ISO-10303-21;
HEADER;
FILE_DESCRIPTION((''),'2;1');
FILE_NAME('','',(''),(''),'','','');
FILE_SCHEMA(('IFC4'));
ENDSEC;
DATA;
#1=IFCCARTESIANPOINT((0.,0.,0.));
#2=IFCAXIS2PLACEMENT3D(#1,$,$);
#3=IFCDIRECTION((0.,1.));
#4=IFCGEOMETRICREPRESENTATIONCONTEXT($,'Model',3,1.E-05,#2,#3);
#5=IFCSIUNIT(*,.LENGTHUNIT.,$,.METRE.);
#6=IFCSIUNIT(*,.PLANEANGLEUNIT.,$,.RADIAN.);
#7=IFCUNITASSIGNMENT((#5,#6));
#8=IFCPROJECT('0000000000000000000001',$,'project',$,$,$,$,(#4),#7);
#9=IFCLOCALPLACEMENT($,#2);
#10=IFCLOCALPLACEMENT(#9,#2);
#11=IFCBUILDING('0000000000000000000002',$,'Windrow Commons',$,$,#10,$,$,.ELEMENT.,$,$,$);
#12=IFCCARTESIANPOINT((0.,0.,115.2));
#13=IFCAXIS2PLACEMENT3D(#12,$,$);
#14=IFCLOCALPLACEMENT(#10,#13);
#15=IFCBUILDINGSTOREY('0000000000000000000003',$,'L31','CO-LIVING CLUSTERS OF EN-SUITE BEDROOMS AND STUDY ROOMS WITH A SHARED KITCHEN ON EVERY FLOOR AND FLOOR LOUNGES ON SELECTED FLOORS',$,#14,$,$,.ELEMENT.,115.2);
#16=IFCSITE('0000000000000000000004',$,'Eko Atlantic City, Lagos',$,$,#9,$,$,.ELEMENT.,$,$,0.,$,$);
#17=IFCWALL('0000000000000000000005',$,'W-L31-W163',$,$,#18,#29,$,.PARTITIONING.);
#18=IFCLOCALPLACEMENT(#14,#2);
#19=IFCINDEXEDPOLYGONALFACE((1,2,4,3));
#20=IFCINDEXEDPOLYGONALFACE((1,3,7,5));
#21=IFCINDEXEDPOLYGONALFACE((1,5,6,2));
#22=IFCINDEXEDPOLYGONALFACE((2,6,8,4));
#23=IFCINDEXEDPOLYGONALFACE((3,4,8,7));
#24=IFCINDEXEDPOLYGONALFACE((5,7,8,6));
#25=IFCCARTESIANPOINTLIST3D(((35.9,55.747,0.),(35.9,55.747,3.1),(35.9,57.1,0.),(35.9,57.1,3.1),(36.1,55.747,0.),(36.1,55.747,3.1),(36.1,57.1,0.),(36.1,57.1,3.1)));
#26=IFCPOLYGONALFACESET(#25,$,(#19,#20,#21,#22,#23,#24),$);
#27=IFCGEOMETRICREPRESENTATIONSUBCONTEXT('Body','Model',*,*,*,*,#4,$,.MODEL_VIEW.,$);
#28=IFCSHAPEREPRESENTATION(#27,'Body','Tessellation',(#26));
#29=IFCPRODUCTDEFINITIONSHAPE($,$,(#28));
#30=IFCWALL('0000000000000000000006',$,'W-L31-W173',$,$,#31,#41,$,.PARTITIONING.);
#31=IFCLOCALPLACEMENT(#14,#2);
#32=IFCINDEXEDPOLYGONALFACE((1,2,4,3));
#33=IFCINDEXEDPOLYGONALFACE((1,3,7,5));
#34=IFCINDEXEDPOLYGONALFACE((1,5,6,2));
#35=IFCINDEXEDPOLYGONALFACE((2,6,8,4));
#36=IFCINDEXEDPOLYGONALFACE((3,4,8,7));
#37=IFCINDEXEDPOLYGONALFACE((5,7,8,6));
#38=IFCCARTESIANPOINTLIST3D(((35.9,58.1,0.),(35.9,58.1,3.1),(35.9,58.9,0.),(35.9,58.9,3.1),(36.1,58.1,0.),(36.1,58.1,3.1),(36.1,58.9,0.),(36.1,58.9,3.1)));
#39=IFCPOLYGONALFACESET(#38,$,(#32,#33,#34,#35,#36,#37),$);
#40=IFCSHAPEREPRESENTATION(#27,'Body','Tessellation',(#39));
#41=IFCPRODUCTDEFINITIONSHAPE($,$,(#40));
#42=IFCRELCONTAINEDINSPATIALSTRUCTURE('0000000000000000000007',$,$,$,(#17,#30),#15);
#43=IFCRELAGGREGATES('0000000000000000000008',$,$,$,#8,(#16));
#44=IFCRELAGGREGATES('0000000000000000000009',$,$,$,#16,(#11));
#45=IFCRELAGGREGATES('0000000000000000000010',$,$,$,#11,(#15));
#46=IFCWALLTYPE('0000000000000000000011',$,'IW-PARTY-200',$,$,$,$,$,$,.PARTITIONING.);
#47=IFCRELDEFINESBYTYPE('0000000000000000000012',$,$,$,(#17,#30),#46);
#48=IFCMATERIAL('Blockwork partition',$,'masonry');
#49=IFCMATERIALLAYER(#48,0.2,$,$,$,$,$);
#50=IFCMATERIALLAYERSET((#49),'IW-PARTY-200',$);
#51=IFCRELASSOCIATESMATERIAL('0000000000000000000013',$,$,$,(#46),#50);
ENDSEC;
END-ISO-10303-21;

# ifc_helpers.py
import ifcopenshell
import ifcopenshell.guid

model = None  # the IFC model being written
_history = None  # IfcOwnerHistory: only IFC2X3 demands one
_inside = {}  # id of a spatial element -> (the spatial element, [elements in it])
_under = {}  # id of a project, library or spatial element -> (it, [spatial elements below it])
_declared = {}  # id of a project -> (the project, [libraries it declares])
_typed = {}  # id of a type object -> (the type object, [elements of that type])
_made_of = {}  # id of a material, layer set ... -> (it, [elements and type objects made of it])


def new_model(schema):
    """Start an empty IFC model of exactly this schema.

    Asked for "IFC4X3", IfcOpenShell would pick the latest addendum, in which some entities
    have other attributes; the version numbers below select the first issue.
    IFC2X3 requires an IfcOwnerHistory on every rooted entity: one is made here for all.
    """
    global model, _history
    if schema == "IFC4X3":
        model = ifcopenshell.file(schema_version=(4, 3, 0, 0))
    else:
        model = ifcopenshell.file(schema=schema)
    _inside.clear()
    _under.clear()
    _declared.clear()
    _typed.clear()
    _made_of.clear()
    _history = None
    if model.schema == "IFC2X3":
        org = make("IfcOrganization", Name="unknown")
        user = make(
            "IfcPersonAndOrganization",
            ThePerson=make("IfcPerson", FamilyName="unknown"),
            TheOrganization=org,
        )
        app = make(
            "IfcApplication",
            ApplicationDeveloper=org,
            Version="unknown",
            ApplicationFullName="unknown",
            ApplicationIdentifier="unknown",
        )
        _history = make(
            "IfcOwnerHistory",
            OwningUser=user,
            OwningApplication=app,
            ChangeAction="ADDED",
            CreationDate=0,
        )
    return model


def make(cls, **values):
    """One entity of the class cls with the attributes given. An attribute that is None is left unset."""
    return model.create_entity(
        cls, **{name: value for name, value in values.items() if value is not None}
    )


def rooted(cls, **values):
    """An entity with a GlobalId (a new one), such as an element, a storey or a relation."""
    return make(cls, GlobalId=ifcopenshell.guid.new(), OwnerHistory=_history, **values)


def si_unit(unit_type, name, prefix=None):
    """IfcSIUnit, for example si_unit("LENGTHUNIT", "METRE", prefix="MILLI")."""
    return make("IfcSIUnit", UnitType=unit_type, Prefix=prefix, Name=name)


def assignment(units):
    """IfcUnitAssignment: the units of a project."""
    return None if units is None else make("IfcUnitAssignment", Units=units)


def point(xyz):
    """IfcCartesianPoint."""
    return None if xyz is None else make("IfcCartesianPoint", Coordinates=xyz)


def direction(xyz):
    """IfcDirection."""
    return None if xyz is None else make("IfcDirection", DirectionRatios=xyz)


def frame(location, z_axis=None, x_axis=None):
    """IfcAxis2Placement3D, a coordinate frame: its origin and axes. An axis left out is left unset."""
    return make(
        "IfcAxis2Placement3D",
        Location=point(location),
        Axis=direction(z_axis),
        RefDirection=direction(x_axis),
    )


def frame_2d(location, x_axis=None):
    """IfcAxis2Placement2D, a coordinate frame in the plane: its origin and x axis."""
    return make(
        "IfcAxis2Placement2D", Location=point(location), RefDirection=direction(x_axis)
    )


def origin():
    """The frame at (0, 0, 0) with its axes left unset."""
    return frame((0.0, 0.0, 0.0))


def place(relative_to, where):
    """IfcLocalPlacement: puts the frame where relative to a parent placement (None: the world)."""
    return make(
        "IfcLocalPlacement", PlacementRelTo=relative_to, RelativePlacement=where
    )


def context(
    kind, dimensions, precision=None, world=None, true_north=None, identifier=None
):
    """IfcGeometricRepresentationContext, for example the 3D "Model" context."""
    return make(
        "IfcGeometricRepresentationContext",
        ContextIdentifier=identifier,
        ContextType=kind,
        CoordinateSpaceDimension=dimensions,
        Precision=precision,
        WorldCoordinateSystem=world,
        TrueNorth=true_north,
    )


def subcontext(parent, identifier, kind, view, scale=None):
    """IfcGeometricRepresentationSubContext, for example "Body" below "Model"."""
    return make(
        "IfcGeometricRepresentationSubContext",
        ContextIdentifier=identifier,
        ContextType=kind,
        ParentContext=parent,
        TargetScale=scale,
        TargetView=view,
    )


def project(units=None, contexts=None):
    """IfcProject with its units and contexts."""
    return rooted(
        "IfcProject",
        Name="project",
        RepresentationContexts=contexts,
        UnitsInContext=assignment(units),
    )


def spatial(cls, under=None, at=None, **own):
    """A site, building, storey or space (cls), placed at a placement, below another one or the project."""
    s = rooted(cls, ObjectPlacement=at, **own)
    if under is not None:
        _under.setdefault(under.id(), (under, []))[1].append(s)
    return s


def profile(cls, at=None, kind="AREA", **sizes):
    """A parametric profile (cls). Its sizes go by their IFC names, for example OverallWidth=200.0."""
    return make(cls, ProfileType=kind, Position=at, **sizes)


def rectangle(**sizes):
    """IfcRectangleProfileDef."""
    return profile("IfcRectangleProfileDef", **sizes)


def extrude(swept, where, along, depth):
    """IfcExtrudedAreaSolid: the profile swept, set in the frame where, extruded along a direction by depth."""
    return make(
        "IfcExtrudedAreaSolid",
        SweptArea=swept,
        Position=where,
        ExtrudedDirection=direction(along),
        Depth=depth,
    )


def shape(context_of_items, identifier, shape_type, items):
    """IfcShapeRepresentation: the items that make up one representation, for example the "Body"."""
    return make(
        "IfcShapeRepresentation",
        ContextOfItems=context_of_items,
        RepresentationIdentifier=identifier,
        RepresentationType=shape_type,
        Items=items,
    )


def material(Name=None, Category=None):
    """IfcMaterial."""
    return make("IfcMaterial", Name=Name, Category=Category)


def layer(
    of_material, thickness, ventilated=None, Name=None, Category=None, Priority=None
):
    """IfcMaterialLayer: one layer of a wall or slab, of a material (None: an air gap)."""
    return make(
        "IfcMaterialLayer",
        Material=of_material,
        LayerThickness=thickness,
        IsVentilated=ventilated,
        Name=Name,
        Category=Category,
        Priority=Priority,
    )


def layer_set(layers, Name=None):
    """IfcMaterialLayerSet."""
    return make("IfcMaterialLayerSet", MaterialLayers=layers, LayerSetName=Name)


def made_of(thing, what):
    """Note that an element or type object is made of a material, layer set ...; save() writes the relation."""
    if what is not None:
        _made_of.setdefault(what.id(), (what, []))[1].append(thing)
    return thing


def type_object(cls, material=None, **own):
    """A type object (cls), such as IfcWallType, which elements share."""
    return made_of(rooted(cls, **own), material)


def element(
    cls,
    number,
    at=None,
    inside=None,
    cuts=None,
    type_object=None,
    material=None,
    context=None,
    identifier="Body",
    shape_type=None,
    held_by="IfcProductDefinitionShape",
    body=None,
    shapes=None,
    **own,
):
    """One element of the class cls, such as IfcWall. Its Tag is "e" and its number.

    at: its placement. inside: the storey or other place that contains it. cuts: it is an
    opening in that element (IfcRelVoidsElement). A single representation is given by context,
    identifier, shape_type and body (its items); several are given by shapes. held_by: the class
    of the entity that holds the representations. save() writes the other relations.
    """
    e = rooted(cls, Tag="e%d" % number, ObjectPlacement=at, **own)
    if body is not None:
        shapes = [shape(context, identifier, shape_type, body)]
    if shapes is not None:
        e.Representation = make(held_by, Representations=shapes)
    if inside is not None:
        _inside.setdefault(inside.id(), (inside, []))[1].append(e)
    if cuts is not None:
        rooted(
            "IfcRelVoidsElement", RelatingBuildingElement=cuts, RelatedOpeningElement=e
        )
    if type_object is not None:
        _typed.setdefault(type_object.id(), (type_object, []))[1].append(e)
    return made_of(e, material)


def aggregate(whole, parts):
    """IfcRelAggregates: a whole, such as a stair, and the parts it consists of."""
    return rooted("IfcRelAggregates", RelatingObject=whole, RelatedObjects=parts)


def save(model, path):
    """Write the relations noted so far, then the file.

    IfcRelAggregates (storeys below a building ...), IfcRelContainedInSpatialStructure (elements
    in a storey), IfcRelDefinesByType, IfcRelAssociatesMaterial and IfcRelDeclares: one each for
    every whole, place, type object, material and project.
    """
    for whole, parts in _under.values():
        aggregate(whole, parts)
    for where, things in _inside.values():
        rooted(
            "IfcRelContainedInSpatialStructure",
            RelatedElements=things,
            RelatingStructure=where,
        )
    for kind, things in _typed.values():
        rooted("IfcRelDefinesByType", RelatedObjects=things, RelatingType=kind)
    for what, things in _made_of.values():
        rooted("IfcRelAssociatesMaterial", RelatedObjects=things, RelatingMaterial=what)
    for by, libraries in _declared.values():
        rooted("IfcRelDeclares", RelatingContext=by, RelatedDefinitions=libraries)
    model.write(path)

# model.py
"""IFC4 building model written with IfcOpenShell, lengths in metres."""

from ifc_helpers import new_model, si_unit, direction, frame, frame_2d, origin, place, context, subcontext, project, spatial, rectangle, extrude, material, layer, layer_set, type_object, element, save


model = new_model("IFC4")

# Units and contexts
model_context = context("Model", 3, precision=1e-05, world=origin(), true_north=direction((0.0, 1.0)))
body_context = subcontext(model_context, "Body", "Model", "MODEL_VIEW")
ifc_project = project(units=[si_unit("LENGTHUNIT", "METRE"), si_unit("PLANEANGLEUNIT", "RADIAN")], contexts=[model_context])

# Site, building, storey
site_placement = place(None, origin())
site = spatial("IfcSite", under=ifc_project, at=site_placement, Name="Eko Atlantic City, Lagos", CompositionType="ELEMENT", RefElevation=0.0)
building_placement = place(site_placement, origin())
building = spatial("IfcBuilding", under=site, at=building_placement, Name="Windrow Commons", CompositionType="ELEMENT")
storey_placement = place(building_placement, frame((0.0, 0.0, 115.2)))
storey = spatial("IfcBuildingStorey", under=building, at=storey_placement, Name="L31", Description="CO-LIVING CLUSTERS OF EN-SUITE BEDROOMS AND STUDY ROOMS WITH A SHARED KITCHEN ON EVERY FLOOR AND FLOOR LOUNGES ON SELECTED FLOORS", CompositionType="ELEMENT", Elevation=115.2)

# Walls
ifc_material_1 = material(Name="Blockwork partition", Category="masonry")
ifc_layer_1 = layer(ifc_material_1, 0.2)
ifc_layer_set_1 = layer_set([ifc_layer_1], Name="IW-PARTY-200")
wall_type_1 = type_object("IfcWallType", Name="IW-PARTY-200", PredefinedType="PARTITIONING", material=ifc_layer_set_1)
wall_1_placement = place(storey_placement, frame((36.0, 55.747, 0.0), z_axis=(0.0, 0.0, 1.0), x_axis=(0.0, 1.0, 0.0)))
element("IfcWall", 1, at=wall_1_placement, inside=storey, type_object=wall_type_1, Name="W-L31-W163", PredefinedType="PARTITIONING", context=body_context, shape_type="SweptSolid", body=[
    extrude(rectangle(XDim=1.353, YDim=0.2, at=frame_2d((0.6765, 0.0))), origin(), (0.0, 0.0, 1.0), 3.1),
])
wall_2_placement = place(storey_placement, frame((36.0, 58.1, 0.0), z_axis=(0.0, 0.0, 1.0), x_axis=(0.0, 1.0, 0.0)))
element("IfcWall", 2, at=wall_2_placement, inside=storey, type_object=wall_type_1, Name="W-L31-W173", PredefinedType="PARTITIONING", context=body_context, shape_type="SweptSolid", body=[
    extrude(rectangle(XDim=0.8, YDim=0.2, at=frame_2d((0.4, 0.0))), origin(), (0.0, 0.0, 1.0), 3.1),
])

save(model, "model.ifc")
